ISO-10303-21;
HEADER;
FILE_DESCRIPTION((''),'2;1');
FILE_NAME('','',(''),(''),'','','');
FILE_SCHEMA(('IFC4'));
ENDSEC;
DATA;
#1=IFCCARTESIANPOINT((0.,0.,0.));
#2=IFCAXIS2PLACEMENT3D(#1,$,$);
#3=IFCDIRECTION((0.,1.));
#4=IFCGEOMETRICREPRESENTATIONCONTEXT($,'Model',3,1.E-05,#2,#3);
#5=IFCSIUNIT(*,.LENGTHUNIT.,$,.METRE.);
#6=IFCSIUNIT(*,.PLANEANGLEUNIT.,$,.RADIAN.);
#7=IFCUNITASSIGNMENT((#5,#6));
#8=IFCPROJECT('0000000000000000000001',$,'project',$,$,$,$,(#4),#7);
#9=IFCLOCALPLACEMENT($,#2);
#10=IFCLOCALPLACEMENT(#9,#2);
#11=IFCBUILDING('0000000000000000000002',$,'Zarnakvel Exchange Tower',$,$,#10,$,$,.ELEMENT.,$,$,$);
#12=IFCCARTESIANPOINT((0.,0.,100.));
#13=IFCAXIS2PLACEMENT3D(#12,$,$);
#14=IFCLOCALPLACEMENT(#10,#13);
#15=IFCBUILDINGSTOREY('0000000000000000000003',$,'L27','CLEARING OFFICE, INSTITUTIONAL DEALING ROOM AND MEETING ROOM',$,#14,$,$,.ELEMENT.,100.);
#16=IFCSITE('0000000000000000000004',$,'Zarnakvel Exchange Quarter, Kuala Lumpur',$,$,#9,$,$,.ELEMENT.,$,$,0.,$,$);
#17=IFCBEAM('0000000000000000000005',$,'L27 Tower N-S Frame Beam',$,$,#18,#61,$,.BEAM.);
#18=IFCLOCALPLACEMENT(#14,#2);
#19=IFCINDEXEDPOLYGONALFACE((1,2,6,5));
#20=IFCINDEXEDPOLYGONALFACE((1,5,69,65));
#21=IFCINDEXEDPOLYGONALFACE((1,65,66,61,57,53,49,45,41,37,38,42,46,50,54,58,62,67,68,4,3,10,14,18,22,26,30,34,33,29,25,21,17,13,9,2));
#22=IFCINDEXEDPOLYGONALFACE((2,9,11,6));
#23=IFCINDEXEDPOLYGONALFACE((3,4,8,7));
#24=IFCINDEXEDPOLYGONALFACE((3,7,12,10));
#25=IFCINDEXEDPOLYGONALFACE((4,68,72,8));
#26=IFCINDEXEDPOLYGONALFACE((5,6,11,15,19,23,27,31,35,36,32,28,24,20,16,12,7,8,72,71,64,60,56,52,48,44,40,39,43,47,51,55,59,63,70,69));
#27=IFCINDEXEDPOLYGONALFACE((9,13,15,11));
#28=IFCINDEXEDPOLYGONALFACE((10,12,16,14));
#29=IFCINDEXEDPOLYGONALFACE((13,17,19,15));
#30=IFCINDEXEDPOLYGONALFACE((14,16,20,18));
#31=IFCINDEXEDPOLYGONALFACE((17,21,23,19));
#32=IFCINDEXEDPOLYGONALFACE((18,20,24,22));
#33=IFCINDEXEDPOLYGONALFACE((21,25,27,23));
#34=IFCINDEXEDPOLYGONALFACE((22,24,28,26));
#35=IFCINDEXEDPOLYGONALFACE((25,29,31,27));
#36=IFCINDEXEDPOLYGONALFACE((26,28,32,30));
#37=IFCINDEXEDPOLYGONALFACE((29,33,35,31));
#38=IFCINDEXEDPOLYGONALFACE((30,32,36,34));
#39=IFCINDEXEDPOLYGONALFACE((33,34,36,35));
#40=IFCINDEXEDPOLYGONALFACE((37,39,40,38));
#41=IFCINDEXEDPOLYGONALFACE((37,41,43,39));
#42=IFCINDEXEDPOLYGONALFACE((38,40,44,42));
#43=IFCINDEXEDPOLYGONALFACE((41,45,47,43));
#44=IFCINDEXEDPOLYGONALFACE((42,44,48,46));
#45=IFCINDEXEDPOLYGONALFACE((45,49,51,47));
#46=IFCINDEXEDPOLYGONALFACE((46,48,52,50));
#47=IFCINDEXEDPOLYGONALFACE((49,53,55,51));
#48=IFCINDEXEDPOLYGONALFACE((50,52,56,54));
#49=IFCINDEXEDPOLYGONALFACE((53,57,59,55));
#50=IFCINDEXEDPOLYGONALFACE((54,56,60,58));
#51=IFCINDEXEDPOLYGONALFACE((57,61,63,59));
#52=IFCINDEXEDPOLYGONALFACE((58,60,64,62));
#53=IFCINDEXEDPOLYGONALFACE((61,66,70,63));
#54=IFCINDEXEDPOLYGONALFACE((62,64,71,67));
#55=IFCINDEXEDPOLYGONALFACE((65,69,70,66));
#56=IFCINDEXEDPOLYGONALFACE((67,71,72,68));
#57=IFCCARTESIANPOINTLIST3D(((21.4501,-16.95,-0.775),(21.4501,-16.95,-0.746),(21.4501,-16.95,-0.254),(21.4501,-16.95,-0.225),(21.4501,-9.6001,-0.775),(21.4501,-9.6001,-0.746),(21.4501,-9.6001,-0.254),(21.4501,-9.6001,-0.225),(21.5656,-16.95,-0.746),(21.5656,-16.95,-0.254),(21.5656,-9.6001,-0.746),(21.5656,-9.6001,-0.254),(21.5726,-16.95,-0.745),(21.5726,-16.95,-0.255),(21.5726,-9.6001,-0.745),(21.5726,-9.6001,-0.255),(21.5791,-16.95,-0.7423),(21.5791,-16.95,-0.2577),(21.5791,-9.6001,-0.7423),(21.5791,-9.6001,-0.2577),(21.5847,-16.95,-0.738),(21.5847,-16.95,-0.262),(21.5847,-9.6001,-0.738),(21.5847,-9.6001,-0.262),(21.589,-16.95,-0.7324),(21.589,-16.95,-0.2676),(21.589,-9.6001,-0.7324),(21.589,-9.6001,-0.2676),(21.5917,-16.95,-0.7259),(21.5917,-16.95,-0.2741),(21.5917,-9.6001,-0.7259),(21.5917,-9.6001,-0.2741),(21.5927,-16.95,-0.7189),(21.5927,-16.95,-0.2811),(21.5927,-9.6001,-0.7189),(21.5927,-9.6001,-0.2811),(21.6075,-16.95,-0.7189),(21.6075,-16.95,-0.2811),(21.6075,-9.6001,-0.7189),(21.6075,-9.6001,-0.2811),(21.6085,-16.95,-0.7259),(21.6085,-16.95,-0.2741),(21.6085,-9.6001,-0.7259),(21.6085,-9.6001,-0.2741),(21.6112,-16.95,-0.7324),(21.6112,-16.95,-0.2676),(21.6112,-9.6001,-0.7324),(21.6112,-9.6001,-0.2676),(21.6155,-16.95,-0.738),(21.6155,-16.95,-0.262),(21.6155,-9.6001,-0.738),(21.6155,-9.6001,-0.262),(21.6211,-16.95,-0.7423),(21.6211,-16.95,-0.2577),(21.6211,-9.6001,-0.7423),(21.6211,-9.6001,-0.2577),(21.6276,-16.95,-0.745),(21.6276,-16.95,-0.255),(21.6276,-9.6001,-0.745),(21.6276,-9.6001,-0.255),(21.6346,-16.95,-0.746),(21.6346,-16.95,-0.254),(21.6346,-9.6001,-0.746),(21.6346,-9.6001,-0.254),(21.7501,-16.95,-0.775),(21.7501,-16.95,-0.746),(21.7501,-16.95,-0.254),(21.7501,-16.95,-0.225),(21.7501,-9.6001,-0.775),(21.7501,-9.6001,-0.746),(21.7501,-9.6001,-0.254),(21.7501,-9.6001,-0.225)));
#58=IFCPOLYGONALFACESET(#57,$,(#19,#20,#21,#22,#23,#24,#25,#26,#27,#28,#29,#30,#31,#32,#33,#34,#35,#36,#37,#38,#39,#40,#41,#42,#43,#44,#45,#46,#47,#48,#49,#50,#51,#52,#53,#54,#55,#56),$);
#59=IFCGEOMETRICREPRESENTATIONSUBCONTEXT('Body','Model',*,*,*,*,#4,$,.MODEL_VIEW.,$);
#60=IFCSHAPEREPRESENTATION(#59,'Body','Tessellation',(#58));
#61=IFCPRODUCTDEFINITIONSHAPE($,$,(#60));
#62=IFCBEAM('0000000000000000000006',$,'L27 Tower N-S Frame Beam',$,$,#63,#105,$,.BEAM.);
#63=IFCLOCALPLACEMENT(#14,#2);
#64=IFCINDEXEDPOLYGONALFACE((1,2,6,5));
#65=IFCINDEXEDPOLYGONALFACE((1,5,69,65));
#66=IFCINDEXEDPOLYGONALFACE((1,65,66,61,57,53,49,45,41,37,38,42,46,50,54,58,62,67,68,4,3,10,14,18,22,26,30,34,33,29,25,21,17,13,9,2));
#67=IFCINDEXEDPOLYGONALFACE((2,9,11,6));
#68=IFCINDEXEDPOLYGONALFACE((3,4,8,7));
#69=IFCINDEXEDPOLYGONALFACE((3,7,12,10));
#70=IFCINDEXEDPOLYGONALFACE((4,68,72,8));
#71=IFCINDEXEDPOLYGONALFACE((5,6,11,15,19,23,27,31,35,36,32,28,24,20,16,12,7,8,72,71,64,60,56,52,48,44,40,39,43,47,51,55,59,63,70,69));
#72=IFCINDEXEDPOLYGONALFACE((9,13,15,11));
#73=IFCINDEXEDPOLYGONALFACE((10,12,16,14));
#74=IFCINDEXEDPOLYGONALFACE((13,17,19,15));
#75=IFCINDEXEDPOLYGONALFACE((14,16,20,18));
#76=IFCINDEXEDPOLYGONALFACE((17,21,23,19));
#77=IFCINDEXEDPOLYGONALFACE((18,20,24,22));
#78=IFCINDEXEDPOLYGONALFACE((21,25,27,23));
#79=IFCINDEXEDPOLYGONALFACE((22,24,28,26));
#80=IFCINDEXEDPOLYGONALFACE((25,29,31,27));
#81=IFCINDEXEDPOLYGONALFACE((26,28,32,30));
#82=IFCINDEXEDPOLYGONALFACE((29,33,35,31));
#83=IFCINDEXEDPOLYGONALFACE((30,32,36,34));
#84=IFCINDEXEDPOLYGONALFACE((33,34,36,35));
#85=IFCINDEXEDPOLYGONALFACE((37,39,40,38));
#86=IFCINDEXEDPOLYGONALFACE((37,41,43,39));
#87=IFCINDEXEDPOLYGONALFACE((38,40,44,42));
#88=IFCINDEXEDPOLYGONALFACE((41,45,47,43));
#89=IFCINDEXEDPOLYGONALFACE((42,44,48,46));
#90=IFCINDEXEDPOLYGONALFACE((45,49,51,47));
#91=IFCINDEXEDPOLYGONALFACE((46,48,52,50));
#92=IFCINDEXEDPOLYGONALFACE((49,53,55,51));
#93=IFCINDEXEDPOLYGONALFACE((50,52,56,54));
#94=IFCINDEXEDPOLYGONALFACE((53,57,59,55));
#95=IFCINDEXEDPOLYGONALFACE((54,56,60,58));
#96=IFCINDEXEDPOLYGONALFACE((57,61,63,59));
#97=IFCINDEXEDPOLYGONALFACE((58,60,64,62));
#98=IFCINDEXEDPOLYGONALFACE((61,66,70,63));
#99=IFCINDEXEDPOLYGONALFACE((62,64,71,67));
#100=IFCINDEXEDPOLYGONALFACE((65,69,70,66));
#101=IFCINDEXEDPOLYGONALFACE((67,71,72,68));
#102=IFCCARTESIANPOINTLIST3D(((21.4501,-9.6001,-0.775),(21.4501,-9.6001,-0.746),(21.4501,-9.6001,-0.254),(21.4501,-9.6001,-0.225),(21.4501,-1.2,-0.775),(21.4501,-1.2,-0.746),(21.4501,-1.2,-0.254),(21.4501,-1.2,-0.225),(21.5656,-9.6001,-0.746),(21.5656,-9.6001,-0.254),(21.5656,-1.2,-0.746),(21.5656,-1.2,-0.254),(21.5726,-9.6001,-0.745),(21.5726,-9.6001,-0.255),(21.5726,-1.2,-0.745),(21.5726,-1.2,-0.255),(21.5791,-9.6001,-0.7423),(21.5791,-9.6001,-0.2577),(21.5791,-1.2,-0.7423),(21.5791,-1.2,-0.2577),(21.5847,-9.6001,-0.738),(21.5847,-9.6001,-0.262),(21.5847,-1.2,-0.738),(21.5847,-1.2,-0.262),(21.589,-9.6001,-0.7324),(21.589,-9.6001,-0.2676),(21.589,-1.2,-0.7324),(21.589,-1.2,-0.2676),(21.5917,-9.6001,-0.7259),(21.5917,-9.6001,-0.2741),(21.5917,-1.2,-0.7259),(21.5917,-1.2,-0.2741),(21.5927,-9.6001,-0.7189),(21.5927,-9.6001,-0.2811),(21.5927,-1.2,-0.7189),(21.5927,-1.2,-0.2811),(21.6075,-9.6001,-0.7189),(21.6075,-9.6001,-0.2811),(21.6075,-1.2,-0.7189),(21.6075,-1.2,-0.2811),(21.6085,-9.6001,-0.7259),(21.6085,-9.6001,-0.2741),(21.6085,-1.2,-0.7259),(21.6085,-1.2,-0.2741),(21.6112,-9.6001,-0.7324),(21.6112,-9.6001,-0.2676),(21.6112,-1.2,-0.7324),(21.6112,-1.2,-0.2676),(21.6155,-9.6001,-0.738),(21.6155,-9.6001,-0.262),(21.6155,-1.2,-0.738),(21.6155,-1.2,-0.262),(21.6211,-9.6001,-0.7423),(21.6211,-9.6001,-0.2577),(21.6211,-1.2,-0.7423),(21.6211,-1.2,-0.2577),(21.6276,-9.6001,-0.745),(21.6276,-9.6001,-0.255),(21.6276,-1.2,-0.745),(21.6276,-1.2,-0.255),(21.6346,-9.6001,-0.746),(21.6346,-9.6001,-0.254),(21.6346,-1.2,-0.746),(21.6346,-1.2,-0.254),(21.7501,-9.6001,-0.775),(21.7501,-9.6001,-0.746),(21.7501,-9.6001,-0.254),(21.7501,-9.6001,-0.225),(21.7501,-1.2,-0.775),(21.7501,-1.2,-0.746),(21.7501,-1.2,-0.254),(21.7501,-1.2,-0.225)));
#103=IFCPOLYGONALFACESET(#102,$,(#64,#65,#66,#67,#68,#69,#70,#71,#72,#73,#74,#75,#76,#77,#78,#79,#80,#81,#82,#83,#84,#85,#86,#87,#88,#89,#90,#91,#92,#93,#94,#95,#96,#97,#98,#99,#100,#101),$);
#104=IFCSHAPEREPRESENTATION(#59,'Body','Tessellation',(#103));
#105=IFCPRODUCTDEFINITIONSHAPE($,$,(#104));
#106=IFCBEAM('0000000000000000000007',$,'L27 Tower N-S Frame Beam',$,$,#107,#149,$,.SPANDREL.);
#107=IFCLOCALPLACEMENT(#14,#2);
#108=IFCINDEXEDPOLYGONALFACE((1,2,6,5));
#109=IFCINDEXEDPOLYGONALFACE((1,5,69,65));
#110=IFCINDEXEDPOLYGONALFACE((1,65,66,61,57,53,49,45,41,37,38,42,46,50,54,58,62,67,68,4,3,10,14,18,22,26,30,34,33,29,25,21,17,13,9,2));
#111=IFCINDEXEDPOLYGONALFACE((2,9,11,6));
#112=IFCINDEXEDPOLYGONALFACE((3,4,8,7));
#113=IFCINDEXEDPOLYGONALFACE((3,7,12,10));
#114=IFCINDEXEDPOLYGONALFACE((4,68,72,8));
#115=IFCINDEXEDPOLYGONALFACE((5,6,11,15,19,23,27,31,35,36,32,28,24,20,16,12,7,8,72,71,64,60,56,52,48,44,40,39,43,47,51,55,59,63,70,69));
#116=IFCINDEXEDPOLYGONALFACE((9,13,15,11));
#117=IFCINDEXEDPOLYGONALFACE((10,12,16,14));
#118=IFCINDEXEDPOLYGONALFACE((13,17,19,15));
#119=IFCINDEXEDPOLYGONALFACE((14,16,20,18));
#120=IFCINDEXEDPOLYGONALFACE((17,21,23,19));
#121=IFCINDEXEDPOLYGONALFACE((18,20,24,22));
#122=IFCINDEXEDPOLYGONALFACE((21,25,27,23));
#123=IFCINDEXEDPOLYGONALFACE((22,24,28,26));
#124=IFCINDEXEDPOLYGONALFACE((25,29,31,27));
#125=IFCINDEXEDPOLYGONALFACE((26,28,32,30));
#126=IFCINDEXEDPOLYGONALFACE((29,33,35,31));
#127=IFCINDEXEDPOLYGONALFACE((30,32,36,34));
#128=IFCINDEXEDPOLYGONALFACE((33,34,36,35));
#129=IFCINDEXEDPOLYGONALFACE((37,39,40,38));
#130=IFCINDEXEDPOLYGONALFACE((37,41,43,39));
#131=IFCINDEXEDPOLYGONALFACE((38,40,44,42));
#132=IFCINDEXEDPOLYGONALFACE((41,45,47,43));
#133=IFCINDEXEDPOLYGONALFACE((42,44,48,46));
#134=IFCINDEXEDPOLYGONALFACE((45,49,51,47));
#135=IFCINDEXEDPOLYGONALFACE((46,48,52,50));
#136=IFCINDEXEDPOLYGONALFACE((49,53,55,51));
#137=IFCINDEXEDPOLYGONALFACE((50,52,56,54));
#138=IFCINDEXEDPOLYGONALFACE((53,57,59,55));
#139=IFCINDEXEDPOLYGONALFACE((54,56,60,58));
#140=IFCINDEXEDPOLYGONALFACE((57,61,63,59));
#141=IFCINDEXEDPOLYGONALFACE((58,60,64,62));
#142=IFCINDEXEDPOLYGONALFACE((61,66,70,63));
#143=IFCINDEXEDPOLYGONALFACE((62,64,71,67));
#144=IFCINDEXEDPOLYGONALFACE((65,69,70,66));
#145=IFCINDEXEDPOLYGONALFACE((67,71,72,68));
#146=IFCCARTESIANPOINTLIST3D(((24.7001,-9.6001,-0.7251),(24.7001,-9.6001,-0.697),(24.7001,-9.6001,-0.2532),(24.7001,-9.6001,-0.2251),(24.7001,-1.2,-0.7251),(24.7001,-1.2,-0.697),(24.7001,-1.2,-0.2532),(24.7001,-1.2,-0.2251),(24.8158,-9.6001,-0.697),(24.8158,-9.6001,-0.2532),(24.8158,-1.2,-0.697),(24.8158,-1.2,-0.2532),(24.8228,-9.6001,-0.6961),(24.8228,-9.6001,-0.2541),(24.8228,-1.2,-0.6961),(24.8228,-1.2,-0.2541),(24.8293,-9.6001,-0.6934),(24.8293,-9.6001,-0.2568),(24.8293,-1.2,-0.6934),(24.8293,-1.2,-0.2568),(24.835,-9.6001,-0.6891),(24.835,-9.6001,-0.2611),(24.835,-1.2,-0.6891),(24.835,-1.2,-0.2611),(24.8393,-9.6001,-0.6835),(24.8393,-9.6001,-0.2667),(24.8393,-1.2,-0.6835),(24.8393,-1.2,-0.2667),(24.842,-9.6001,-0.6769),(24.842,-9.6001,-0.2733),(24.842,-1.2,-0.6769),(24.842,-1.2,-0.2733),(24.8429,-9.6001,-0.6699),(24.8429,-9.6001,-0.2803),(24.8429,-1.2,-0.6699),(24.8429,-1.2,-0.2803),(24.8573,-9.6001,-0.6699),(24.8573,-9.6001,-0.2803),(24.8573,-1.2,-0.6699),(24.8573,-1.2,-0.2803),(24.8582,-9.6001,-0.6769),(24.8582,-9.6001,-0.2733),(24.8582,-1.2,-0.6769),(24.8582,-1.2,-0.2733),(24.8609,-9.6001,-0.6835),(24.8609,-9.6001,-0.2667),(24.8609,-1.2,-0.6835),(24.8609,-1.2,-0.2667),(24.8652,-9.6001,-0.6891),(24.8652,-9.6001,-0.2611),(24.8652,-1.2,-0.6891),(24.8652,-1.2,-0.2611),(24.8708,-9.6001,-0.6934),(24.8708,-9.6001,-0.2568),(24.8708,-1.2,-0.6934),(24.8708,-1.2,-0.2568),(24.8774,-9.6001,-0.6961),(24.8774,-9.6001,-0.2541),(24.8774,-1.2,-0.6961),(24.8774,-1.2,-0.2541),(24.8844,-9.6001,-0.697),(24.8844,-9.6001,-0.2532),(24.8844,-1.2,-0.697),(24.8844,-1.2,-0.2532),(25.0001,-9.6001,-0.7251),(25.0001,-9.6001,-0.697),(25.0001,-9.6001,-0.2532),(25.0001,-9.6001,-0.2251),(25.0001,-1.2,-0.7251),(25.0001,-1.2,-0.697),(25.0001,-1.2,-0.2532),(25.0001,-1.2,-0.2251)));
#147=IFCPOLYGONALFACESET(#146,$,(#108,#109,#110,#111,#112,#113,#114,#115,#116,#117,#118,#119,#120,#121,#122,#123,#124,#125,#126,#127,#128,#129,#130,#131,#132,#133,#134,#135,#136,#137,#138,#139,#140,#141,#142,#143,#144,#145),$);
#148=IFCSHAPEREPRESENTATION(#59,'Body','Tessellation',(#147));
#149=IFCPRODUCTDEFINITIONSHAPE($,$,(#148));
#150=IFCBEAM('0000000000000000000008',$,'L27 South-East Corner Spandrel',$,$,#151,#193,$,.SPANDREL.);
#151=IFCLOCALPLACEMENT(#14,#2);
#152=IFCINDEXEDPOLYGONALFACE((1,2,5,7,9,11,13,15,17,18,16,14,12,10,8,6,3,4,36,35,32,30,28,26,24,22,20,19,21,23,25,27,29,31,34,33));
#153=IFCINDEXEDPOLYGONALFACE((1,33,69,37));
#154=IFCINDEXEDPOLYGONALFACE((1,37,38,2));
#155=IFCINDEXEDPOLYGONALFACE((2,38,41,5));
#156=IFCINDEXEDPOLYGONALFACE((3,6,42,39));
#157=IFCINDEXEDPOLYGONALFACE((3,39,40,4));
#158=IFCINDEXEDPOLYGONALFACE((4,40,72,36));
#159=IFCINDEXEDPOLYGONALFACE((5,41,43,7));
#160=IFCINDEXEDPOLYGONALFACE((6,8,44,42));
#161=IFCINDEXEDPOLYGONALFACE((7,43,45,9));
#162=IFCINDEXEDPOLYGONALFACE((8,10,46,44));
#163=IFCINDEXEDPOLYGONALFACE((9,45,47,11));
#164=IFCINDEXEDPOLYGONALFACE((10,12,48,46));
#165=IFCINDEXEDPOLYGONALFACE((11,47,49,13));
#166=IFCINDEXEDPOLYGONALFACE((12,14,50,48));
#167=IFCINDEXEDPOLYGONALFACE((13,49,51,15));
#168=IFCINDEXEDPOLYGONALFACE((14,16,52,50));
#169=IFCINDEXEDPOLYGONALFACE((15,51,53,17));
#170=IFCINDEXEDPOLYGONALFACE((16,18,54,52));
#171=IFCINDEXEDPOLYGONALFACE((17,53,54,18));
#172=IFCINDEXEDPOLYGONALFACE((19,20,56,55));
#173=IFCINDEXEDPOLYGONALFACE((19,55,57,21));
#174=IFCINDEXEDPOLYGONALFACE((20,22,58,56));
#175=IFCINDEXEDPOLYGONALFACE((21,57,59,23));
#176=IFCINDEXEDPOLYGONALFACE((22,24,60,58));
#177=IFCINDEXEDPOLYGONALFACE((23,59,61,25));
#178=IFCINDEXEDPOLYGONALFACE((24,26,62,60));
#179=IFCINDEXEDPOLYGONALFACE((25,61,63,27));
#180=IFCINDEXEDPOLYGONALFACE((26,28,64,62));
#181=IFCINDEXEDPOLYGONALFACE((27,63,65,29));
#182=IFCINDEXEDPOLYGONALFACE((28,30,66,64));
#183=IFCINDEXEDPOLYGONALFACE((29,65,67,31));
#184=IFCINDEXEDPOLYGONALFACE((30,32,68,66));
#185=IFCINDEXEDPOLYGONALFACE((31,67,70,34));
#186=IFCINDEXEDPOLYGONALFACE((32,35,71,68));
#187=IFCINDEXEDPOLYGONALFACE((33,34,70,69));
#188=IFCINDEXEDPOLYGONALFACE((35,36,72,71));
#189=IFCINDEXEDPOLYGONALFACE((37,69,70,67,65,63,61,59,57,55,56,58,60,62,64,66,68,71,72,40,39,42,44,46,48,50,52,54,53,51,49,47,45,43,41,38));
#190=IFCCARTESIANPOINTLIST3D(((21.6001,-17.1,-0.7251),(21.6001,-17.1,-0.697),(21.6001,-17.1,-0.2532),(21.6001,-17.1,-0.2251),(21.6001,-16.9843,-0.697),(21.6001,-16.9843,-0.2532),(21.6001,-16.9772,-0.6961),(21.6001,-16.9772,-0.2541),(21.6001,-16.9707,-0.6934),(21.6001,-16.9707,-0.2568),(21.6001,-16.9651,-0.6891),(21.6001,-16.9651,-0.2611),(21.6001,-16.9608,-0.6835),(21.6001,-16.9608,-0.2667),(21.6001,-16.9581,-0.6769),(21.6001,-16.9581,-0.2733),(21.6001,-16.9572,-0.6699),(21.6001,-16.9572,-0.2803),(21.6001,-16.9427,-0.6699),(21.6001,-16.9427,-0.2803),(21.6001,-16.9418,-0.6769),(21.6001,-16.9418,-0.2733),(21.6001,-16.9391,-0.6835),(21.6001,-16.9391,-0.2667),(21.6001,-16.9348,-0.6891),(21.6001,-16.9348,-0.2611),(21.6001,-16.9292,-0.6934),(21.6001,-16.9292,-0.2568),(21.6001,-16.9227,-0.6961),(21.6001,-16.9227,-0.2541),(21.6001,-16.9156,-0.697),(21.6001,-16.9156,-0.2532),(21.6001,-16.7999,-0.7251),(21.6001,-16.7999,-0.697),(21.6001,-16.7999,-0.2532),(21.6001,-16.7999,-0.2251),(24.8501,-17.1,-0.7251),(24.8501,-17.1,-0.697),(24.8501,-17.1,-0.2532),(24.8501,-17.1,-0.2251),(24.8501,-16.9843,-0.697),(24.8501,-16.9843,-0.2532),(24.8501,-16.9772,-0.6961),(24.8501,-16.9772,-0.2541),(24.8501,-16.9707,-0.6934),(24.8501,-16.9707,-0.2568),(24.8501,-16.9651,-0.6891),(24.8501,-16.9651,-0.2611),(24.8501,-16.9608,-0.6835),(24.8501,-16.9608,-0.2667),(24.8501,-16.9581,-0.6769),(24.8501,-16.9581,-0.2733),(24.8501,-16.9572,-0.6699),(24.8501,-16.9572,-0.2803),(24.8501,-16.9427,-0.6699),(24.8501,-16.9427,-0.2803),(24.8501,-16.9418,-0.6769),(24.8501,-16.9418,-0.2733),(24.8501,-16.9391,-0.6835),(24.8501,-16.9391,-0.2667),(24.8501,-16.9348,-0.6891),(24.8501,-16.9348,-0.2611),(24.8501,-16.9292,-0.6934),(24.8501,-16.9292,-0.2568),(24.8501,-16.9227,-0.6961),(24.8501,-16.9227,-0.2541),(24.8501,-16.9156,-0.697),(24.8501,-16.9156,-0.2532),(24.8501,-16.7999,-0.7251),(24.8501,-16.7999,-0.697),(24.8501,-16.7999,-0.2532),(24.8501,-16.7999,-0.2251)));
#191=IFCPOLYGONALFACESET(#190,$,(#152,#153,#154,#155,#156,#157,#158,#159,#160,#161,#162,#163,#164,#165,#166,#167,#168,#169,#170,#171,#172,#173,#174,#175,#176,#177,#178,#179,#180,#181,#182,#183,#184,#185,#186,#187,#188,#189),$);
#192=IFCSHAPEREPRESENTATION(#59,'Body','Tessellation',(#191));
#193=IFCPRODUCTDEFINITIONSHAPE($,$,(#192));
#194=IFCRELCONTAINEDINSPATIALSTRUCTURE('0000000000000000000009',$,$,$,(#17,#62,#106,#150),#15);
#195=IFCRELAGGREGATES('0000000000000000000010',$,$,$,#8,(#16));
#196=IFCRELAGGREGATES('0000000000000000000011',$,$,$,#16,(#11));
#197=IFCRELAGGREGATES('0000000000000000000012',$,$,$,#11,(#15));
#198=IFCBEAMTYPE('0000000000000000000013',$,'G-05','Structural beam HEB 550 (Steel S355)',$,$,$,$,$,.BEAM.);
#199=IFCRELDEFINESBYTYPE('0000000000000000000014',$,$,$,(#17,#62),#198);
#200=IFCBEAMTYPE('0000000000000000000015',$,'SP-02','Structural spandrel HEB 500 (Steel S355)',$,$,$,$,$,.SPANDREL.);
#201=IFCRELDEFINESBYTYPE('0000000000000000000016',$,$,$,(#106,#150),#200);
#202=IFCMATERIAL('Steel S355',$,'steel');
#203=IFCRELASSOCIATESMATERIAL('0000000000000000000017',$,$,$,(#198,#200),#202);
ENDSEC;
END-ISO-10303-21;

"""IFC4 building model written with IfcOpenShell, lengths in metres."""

from ifc_helpers import new_model, si_unit, direction, frame, origin, origin_2d, place, context, subcontext, project, spatial, i_section, extrude, material, material_profile, profile_set, type_object, element, save


model = new_model("IFC4")

# Units and contexts
model_context = context("Model", 3, precision=1e-05, world=origin(), true_north=direction((0.0, 1.0)))
body_context = subcontext(model_context, "Body", "Model", "MODEL_VIEW")
ifc_project = project(units=[si_unit("LENGTHUNIT", "METRE"), si_unit("PLANEANGLEUNIT", "RADIAN")], contexts=[model_context])

# Site, building, storey
site_placement = place(None, origin())
site = spatial("IfcSite", under=ifc_project, at=site_placement, Name="Zarnakvel Exchange Quarter, Kuala Lumpur", CompositionType="ELEMENT", RefElevation=0.0)
building_placement = place(site_placement, origin())
building = spatial("IfcBuilding", under=site, at=building_placement, Name="Zarnakvel Exchange Tower", CompositionType="ELEMENT")
storey_placement = place(building_placement, frame((0.0, 0.0, 100.0)))
storey = spatial("IfcBuildingStorey", under=building, at=storey_placement, Name="L27", Description="CLEARING OFFICE, INSTITUTIONAL DEALING ROOM AND MEETING ROOM", CompositionType="ELEMENT", Elevation=100.0)

# Shared definitions
ifc_material_1 = material(Name="Steel S355", Category="steel")

# Beams
ifc_material_profile_1 = material_profile(ifc_material_1, i_section(OverallWidth=0.3, OverallDepth=0.55, WebThickness=0.0149, FlangeThickness=0.0291, FilletRadius=0.0271, at=origin_2d()))
ifc_profile_set_1 = profile_set([ifc_material_profile_1], Name="Steel S355")
beam_type_1 = type_object("IfcBeamType", Name="G-05", Description="Structural beam HEB 550 (Steel S355)", PredefinedType="BEAM", material=ifc_profile_set_1)
beam_1_placement = place(storey_placement, frame((21.6001, -16.95, -0.5), z_axis=(0.0, 1.0, 0.0), x_axis=(-1.0, 0.0, 0.0)))
element("IfcBeam", 1, at=beam_1_placement, inside=storey, type_object=beam_type_1, Name="L27 Tower N-S Frame Beam", PredefinedType="BEAM", context=body_context, shape_type="SweptSolid", body=[
    extrude(i_section(OverallWidth=0.3, OverallDepth=0.55, WebThickness=0.0149, FlangeThickness=0.0291, FilletRadius=0.0271, at=origin_2d()), origin(), (0.0, 0.0, 1.0), 7.3499),
])
beam_2_placement = place(storey_placement, frame((21.6001, -9.6001, -0.5), z_axis=(0.0, 1.0, 0.0), x_axis=(-1.0, 0.0, 0.0)))
element("IfcBeam", 2, at=beam_2_placement, inside=storey, type_object=beam_type_1, Name="L27 Tower N-S Frame Beam", PredefinedType="BEAM", context=body_context, shape_type="SweptSolid", body=[
    extrude(i_section(OverallWidth=0.3, OverallDepth=0.55, WebThickness=0.0149, FlangeThickness=0.0291, FilletRadius=0.0271, at=origin_2d()), origin(), (0.0, 0.0, 1.0), 8.4001),
])
ifc_material_profile_2 = material_profile(ifc_material_1, i_section(OverallWidth=0.3, OverallDepth=0.5, WebThickness=0.0144, FlangeThickness=0.0281, FilletRadius=0.0271, at=origin_2d()))
ifc_profile_set_2 = profile_set([ifc_material_profile_2], Name="Steel S355")
beam_type_2 = type_object("IfcBeamType", Name="SP-02", Description="Structural spandrel HEB 500 (Steel S355)", PredefinedType="SPANDREL", material=ifc_profile_set_2)
beam_3_placement = place(storey_placement, frame((24.8501, -9.6001, -0.4751), z_axis=(0.0, 1.0, 0.0), x_axis=(-1.0, 0.0, 0.0)))
element("IfcBeam", 3, at=beam_3_placement, inside=storey, type_object=beam_type_2, Name="L27 Tower N-S Frame Beam", PredefinedType="SPANDREL", context=body_context, shape_type="SweptSolid", body=[
    extrude(i_section(OverallWidth=0.3, OverallDepth=0.5, WebThickness=0.0144, FlangeThickness=0.0281, FilletRadius=0.0271, at=origin_2d()), origin(), (0.0, 0.0, 1.0), 8.4001),
])
beam_4_placement = place(storey_placement, frame((21.6001, -16.95, -0.4751), z_axis=(1.0, 0.0, 0.0), x_axis=(0.0, 1.0, 0.0)))
element("IfcBeam", 4, at=beam_4_placement, inside=storey, type_object=beam_type_2, Name="L27 South-East Corner Spandrel", PredefinedType="SPANDREL", context=body_context, shape_type="SweptSolid", body=[
    extrude(i_section(OverallWidth=0.3, OverallDepth=0.5, WebThickness=0.0144, FlangeThickness=0.0281, FilletRadius=0.0271, at=origin_2d()), origin(), (0.0, 0.0, 1.0), 3.25),
])

save(model, "model.ifc")
